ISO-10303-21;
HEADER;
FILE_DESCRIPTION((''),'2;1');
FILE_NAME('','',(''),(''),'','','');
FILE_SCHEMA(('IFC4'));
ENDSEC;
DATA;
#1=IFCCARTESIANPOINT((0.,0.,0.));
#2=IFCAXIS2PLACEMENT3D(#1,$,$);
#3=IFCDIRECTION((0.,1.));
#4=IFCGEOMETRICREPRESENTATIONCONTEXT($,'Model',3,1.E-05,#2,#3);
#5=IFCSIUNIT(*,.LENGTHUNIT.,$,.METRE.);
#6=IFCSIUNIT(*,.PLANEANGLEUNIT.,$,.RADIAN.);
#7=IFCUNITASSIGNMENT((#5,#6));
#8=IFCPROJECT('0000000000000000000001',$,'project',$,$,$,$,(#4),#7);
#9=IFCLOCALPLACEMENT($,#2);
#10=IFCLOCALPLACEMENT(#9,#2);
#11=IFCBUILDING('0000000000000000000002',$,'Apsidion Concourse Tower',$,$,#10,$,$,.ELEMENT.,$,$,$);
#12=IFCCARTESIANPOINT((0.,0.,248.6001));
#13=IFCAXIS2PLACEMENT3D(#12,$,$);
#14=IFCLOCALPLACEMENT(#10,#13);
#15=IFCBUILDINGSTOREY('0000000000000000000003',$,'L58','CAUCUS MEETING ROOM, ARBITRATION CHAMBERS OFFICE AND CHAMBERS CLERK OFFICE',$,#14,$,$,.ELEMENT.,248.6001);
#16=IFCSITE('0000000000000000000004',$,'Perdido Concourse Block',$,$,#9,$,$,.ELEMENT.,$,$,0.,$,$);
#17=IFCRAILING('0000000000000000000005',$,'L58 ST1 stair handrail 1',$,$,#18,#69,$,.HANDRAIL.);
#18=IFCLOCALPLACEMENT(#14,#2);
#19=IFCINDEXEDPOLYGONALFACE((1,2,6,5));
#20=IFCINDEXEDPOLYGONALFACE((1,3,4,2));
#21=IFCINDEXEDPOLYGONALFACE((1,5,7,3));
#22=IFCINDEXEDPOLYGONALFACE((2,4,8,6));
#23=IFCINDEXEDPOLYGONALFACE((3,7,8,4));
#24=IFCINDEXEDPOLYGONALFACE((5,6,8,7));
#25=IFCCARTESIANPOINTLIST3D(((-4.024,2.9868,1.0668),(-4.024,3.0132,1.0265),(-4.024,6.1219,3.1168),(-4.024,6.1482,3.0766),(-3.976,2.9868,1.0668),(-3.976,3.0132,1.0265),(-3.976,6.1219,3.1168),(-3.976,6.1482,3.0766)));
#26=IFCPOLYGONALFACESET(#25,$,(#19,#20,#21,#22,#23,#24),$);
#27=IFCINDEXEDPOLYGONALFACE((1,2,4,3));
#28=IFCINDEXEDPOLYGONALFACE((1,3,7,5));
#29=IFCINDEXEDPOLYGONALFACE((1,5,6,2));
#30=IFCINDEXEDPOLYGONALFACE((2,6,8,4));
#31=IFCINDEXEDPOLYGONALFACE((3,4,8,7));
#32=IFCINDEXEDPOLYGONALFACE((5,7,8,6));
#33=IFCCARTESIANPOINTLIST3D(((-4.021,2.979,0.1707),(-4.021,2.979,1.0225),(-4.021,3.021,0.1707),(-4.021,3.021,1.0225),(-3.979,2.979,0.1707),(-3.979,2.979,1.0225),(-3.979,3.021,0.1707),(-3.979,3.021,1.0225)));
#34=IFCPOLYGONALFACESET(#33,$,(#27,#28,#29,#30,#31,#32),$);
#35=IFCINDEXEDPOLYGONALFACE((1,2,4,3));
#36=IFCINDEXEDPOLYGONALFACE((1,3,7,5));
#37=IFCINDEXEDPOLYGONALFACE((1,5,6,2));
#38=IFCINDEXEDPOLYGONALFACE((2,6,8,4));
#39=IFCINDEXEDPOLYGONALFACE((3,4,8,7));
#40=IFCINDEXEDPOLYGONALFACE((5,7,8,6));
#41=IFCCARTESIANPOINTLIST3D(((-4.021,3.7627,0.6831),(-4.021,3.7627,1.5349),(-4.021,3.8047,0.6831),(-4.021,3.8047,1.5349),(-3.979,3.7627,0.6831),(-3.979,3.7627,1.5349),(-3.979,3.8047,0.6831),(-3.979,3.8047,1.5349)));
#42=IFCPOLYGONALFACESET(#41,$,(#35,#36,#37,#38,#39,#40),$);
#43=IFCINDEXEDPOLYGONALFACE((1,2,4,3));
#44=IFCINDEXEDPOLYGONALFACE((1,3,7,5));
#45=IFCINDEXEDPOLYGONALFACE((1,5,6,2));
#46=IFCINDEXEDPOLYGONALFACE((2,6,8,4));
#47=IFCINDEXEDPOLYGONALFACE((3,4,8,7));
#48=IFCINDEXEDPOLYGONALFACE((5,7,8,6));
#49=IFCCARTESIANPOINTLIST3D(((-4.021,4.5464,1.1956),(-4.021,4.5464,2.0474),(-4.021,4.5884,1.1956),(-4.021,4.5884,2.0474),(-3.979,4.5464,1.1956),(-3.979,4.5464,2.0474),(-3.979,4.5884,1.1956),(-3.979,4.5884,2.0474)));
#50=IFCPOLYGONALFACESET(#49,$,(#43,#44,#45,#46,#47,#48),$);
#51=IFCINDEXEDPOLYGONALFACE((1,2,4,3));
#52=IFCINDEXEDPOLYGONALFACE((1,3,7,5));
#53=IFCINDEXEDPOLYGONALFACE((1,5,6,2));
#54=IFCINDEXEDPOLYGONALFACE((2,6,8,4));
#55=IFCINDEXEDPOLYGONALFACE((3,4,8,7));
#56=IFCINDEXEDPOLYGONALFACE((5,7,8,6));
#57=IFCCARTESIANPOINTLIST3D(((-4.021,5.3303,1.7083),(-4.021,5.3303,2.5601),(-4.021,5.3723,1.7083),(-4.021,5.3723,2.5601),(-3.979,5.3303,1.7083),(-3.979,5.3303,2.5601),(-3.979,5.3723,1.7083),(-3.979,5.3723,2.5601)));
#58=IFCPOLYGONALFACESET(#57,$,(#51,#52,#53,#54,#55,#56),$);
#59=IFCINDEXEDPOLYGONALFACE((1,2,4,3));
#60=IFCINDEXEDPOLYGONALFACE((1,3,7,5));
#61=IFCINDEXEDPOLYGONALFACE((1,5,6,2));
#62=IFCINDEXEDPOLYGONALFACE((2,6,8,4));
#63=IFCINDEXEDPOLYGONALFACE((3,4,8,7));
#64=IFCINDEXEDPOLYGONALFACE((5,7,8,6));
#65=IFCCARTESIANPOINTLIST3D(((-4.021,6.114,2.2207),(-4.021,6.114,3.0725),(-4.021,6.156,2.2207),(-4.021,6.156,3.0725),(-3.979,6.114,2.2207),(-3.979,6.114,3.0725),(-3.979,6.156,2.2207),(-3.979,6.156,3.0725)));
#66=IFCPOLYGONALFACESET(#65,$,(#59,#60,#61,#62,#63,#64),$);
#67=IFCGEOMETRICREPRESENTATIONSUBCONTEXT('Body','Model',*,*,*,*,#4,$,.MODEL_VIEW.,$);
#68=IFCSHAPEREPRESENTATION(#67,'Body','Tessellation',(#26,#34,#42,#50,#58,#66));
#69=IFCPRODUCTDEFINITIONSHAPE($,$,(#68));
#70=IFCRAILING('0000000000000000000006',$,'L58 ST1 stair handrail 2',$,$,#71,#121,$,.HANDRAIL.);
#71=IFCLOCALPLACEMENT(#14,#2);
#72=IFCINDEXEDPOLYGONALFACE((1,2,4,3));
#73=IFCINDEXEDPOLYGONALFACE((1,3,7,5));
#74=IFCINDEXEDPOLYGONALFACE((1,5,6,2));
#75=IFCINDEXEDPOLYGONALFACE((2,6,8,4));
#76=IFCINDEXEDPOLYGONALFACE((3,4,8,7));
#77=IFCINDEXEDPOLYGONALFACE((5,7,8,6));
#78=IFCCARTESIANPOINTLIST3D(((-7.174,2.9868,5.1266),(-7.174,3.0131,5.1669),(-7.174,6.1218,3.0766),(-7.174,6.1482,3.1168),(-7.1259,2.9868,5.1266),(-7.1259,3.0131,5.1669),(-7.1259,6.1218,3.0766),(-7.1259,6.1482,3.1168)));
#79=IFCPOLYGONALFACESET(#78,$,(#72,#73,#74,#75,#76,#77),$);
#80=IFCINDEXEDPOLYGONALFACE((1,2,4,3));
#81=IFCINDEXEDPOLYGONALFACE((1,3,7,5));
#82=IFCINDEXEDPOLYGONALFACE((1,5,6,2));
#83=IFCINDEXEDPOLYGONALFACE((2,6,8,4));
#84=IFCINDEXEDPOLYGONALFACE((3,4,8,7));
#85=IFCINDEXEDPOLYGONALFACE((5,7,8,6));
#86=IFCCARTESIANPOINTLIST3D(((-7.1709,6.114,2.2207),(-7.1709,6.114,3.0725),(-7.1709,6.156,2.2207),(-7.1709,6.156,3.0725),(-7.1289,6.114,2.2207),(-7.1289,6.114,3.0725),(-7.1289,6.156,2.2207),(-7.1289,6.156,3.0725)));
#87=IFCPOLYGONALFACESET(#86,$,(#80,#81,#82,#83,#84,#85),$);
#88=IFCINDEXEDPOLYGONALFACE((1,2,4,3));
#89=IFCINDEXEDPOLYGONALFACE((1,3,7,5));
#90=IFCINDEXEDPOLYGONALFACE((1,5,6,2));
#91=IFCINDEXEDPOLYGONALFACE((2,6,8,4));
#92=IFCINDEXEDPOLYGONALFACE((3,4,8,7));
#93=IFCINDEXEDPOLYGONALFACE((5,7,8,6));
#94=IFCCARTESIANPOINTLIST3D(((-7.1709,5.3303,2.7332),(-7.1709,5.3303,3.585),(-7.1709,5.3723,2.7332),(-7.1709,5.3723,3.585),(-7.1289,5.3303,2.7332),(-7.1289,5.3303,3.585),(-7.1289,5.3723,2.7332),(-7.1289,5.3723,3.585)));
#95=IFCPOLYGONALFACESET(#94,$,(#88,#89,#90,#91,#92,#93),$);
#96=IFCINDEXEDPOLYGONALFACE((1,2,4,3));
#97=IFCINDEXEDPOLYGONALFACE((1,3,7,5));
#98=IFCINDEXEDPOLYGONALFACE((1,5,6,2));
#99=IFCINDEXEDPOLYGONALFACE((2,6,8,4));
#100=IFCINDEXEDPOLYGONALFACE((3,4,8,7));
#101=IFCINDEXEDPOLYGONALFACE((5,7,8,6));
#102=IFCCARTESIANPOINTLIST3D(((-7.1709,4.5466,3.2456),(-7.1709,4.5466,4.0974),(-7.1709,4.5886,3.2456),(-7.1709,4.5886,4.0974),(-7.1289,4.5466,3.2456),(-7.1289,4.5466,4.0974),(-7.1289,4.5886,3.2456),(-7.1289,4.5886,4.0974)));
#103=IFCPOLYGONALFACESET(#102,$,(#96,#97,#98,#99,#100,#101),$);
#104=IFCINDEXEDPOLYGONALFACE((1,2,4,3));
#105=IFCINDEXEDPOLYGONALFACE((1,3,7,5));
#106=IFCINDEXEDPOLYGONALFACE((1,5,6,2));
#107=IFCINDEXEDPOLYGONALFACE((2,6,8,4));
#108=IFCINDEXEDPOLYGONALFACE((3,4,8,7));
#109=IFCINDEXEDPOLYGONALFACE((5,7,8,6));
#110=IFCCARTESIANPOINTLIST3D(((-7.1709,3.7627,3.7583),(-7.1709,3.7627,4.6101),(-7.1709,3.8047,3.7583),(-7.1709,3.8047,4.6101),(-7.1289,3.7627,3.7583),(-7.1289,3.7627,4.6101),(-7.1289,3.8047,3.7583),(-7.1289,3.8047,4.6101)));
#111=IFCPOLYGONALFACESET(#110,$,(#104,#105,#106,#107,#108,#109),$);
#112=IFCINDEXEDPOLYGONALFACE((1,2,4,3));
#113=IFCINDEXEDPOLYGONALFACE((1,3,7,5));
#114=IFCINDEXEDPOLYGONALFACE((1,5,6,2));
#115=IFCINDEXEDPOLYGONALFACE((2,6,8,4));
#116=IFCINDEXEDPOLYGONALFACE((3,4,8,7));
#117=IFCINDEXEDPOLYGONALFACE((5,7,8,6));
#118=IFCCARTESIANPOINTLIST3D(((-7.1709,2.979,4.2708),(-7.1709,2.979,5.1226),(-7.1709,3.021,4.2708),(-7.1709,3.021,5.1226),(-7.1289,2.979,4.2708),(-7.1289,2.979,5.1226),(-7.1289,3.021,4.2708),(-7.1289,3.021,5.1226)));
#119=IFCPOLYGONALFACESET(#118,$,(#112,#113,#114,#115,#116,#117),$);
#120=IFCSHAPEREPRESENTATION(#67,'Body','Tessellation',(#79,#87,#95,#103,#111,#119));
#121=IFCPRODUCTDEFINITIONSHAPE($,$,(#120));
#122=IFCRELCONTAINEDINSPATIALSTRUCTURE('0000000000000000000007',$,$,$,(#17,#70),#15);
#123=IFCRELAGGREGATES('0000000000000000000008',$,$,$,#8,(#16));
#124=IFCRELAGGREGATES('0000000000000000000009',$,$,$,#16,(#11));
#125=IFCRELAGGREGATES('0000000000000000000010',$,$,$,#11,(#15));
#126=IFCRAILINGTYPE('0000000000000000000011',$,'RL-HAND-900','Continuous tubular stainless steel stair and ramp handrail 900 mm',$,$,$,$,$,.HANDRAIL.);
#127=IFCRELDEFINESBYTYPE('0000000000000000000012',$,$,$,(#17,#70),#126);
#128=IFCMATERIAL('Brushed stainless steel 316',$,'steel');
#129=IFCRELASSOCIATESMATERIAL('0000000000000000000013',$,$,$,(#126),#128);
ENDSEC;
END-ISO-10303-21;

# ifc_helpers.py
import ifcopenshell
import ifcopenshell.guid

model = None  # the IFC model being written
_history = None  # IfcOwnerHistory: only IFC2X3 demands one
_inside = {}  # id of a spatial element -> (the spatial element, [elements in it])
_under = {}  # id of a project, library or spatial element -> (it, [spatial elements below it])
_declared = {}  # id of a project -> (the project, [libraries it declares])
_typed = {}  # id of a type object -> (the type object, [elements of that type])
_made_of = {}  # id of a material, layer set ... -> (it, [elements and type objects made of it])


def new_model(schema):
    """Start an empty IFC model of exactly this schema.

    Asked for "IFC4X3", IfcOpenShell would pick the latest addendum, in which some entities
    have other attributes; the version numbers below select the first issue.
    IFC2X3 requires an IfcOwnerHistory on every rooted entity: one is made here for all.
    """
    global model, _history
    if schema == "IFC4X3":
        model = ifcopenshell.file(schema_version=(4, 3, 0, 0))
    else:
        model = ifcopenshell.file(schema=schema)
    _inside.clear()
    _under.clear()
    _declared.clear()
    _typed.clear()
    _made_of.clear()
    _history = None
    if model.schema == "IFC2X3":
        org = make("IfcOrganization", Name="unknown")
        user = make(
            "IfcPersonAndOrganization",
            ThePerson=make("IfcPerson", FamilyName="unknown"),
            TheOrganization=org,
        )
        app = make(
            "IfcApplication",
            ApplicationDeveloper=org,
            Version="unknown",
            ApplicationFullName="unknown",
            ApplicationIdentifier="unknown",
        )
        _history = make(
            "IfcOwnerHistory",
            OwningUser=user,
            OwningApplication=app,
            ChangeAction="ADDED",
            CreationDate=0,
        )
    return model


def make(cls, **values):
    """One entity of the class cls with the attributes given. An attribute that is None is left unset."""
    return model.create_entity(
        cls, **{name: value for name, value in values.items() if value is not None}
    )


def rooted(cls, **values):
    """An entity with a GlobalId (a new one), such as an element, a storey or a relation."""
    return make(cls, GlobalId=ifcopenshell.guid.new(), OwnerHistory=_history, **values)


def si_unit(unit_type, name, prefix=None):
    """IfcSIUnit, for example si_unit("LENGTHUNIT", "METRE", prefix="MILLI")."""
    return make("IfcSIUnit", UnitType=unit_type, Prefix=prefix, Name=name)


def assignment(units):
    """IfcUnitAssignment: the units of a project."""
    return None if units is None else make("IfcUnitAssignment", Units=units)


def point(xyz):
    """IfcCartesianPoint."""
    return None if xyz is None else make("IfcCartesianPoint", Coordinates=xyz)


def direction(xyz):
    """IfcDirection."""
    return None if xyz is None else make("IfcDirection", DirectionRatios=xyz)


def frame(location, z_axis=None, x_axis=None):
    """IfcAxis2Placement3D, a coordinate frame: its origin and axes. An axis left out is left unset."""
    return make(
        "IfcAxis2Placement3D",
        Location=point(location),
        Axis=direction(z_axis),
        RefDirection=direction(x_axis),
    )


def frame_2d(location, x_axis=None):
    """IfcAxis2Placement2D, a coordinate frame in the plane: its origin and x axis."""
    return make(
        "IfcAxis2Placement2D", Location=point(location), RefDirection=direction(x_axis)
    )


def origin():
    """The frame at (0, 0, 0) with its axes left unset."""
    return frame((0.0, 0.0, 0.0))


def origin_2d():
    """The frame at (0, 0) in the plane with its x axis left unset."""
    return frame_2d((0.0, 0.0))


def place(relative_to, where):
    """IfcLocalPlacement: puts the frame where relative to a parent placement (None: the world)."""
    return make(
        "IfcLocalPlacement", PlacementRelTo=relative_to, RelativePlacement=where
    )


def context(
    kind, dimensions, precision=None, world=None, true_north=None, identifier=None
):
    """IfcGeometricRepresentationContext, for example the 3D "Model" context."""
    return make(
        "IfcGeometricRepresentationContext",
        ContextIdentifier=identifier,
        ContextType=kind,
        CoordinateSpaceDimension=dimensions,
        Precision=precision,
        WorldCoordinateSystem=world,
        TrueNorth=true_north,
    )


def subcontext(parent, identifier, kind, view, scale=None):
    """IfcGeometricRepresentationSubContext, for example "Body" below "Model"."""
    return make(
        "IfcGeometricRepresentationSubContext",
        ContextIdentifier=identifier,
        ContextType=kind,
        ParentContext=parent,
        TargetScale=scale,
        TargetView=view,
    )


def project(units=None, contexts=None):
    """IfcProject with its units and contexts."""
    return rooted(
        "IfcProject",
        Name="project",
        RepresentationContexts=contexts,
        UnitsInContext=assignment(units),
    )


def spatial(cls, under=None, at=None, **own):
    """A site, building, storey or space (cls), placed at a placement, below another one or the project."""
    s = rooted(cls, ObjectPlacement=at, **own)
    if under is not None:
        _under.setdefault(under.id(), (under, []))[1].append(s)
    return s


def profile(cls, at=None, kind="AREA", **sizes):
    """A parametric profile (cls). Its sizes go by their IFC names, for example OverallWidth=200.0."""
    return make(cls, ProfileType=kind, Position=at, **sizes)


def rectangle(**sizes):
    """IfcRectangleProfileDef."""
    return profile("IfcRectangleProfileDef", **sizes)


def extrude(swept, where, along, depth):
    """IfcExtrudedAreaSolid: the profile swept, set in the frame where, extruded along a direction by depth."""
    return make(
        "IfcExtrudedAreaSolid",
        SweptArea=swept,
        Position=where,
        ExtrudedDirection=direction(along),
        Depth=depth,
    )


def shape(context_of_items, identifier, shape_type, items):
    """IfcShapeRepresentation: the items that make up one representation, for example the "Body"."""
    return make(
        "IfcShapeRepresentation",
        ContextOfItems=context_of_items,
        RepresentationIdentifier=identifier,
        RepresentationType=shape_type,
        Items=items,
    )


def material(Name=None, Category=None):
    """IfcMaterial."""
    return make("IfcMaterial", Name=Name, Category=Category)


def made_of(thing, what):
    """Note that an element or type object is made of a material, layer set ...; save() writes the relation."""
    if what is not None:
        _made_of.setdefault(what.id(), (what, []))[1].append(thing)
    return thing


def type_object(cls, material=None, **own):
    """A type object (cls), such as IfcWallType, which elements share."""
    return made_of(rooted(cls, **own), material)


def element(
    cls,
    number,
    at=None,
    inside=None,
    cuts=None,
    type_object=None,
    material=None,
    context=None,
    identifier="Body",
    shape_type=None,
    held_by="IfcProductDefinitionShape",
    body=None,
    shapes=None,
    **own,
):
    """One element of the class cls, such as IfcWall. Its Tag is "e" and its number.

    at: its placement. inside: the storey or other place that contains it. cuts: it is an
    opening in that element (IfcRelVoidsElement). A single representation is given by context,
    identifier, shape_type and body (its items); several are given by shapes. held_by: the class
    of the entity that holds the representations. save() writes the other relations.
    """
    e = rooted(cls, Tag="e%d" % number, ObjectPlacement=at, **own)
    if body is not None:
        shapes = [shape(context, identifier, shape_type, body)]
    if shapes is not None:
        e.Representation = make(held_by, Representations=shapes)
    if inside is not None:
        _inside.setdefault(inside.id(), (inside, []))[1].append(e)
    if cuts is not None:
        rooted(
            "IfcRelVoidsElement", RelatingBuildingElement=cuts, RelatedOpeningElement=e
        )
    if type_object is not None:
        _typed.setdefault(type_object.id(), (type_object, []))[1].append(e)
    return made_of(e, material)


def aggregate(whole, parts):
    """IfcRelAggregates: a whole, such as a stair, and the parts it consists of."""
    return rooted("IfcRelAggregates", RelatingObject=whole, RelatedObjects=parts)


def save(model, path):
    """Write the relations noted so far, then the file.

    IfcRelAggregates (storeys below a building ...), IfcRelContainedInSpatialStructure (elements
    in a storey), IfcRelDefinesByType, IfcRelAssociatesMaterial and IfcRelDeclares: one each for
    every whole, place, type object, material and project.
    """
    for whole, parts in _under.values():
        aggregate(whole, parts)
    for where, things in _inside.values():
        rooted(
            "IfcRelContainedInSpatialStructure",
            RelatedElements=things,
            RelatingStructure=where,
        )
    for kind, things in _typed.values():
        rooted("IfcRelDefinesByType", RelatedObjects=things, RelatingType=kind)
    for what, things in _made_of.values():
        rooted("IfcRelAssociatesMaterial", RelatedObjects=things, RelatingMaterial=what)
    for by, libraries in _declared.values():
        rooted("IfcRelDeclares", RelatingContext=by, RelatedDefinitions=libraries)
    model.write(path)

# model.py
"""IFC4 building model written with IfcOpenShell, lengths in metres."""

from ifc_helpers import new_model, si_unit, direction, frame, origin, origin_2d, place, context, subcontext, project, spatial, rectangle, extrude, material, type_object, element, save


model = new_model("IFC4")

# Units and contexts
model_context = context("Model", 3, precision=1e-05, world=origin(), true_north=direction((0.0, 1.0)))
body_context = subcontext(model_context, "Body", "Model", "MODEL_VIEW")
ifc_project = project(units=[si_unit("LENGTHUNIT", "METRE"), si_unit("PLANEANGLEUNIT", "RADIAN")], contexts=[model_context])

# Site, building, storey
site_placement = place(None, origin())
site = spatial("IfcSite", under=ifc_project, at=site_placement, Name="Perdido Concourse Block", CompositionType="ELEMENT", RefElevation=0.0)
building_placement = place(site_placement, origin())
building = spatial("IfcBuilding", under=site, at=building_placement, Name="Apsidion Concourse Tower", CompositionType="ELEMENT")
storey_placement = place(building_placement, frame((0.0, 0.0, 248.6001)))
storey = spatial("IfcBuildingStorey", under=building, at=storey_placement, Name="L58", Description="CAUCUS MEETING ROOM, ARBITRATION CHAMBERS OFFICE AND CHAMBERS CLERK OFFICE", CompositionType="ELEMENT", Elevation=248.6001)

# Shared definitions
ifc_material_1 = material(Name="Brushed stainless steel 316", Category="steel")

# Railings
railing_type_1 = type_object("IfcRailingType", Name="RL-HAND-900", Description="Continuous tubular stainless steel stair and ramp handrail 900 mm", PredefinedType="HANDRAIL", material=ifc_material_1)
railing_1_placement = place(storey_placement, frame((-4.0, 3.0, 0.1707)))
element("IfcRailing", 1, at=railing_1_placement, inside=storey, type_object=railing_type_1, Name="L58 ST1 stair handrail 1", PredefinedType="HANDRAIL", context=body_context, shape_type="SweptSolid", body=[
    extrude(rectangle(XDim=0.0481, YDim=0.0481, at=origin_2d()), frame((0.0, 0.0, 0.876), z_axis=(0.0, 0.836941, 0.547293), x_axis=(-1.0, 0.0, 0.0)), (0.0, 0.0, 1.0), 3.7458),
    extrude(rectangle(XDim=0.042, YDim=0.042, at=origin_2d()), origin(), (0.0, 0.0, 1.0), 0.8518),
    extrude(rectangle(XDim=0.042, YDim=0.042, at=origin_2d()), frame((0.0, 0.7837, 0.5125)), (0.0, 0.0, 1.0), 0.8518),
    extrude(rectangle(XDim=0.042, YDim=0.042, at=origin_2d()), frame((0.0, 1.5674, 1.0249)), (0.0, 0.0, 1.0), 0.8518),
    extrude(rectangle(XDim=0.042, YDim=0.042, at=origin_2d()), frame((0.0, 2.3513, 1.5376)), (0.0, 0.0, 1.0), 0.8518),
    extrude(rectangle(XDim=0.042, YDim=0.042, at=origin_2d()), frame((0.0, 3.135, 2.05)), (0.0, 0.0, 1.0), 0.8518),
])
railing_2_placement = place(storey_placement, frame((-7.1499, 6.135, 2.2207)))
element("IfcRailing", 2, at=railing_2_placement, inside=storey, type_object=railing_type_1, Name="L58 ST1 stair handrail 2", PredefinedType="HANDRAIL", context=body_context, shape_type="SweptSolid", body=[
    extrude(rectangle(XDim=0.0481, YDim=0.0481, at=origin_2d()), frame((0.0, 0.0, 0.876), z_axis=(0.0, -0.836941, 0.547293), x_axis=(1.0, 0.0, 0.0)), (0.0, 0.0, 1.0), 3.7458),
    extrude(rectangle(XDim=0.042, YDim=0.042, at=origin_2d()), origin(), (0.0, 0.0, 1.0), 0.8518),
    extrude(rectangle(XDim=0.042, YDim=0.042, at=origin_2d()), frame((0.0, -0.7837, 0.5125)), (0.0, 0.0, 1.0), 0.8518),
    extrude(rectangle(XDim=0.042, YDim=0.042, at=origin_2d()), frame((0.0, -1.5674, 1.0249)), (0.0, 0.0, 1.0), 0.8518),
    extrude(rectangle(XDim=0.042, YDim=0.042, at=origin_2d()), frame((0.0, -2.3513, 1.5376)), (0.0, 0.0, 1.0), 0.8518),
    extrude(rectangle(XDim=0.042, YDim=0.042, at=origin_2d()), frame((0.0, -3.135, 2.05)), (0.0, 0.0, 1.0), 0.8518),
])

save(model, "model.ifc")
